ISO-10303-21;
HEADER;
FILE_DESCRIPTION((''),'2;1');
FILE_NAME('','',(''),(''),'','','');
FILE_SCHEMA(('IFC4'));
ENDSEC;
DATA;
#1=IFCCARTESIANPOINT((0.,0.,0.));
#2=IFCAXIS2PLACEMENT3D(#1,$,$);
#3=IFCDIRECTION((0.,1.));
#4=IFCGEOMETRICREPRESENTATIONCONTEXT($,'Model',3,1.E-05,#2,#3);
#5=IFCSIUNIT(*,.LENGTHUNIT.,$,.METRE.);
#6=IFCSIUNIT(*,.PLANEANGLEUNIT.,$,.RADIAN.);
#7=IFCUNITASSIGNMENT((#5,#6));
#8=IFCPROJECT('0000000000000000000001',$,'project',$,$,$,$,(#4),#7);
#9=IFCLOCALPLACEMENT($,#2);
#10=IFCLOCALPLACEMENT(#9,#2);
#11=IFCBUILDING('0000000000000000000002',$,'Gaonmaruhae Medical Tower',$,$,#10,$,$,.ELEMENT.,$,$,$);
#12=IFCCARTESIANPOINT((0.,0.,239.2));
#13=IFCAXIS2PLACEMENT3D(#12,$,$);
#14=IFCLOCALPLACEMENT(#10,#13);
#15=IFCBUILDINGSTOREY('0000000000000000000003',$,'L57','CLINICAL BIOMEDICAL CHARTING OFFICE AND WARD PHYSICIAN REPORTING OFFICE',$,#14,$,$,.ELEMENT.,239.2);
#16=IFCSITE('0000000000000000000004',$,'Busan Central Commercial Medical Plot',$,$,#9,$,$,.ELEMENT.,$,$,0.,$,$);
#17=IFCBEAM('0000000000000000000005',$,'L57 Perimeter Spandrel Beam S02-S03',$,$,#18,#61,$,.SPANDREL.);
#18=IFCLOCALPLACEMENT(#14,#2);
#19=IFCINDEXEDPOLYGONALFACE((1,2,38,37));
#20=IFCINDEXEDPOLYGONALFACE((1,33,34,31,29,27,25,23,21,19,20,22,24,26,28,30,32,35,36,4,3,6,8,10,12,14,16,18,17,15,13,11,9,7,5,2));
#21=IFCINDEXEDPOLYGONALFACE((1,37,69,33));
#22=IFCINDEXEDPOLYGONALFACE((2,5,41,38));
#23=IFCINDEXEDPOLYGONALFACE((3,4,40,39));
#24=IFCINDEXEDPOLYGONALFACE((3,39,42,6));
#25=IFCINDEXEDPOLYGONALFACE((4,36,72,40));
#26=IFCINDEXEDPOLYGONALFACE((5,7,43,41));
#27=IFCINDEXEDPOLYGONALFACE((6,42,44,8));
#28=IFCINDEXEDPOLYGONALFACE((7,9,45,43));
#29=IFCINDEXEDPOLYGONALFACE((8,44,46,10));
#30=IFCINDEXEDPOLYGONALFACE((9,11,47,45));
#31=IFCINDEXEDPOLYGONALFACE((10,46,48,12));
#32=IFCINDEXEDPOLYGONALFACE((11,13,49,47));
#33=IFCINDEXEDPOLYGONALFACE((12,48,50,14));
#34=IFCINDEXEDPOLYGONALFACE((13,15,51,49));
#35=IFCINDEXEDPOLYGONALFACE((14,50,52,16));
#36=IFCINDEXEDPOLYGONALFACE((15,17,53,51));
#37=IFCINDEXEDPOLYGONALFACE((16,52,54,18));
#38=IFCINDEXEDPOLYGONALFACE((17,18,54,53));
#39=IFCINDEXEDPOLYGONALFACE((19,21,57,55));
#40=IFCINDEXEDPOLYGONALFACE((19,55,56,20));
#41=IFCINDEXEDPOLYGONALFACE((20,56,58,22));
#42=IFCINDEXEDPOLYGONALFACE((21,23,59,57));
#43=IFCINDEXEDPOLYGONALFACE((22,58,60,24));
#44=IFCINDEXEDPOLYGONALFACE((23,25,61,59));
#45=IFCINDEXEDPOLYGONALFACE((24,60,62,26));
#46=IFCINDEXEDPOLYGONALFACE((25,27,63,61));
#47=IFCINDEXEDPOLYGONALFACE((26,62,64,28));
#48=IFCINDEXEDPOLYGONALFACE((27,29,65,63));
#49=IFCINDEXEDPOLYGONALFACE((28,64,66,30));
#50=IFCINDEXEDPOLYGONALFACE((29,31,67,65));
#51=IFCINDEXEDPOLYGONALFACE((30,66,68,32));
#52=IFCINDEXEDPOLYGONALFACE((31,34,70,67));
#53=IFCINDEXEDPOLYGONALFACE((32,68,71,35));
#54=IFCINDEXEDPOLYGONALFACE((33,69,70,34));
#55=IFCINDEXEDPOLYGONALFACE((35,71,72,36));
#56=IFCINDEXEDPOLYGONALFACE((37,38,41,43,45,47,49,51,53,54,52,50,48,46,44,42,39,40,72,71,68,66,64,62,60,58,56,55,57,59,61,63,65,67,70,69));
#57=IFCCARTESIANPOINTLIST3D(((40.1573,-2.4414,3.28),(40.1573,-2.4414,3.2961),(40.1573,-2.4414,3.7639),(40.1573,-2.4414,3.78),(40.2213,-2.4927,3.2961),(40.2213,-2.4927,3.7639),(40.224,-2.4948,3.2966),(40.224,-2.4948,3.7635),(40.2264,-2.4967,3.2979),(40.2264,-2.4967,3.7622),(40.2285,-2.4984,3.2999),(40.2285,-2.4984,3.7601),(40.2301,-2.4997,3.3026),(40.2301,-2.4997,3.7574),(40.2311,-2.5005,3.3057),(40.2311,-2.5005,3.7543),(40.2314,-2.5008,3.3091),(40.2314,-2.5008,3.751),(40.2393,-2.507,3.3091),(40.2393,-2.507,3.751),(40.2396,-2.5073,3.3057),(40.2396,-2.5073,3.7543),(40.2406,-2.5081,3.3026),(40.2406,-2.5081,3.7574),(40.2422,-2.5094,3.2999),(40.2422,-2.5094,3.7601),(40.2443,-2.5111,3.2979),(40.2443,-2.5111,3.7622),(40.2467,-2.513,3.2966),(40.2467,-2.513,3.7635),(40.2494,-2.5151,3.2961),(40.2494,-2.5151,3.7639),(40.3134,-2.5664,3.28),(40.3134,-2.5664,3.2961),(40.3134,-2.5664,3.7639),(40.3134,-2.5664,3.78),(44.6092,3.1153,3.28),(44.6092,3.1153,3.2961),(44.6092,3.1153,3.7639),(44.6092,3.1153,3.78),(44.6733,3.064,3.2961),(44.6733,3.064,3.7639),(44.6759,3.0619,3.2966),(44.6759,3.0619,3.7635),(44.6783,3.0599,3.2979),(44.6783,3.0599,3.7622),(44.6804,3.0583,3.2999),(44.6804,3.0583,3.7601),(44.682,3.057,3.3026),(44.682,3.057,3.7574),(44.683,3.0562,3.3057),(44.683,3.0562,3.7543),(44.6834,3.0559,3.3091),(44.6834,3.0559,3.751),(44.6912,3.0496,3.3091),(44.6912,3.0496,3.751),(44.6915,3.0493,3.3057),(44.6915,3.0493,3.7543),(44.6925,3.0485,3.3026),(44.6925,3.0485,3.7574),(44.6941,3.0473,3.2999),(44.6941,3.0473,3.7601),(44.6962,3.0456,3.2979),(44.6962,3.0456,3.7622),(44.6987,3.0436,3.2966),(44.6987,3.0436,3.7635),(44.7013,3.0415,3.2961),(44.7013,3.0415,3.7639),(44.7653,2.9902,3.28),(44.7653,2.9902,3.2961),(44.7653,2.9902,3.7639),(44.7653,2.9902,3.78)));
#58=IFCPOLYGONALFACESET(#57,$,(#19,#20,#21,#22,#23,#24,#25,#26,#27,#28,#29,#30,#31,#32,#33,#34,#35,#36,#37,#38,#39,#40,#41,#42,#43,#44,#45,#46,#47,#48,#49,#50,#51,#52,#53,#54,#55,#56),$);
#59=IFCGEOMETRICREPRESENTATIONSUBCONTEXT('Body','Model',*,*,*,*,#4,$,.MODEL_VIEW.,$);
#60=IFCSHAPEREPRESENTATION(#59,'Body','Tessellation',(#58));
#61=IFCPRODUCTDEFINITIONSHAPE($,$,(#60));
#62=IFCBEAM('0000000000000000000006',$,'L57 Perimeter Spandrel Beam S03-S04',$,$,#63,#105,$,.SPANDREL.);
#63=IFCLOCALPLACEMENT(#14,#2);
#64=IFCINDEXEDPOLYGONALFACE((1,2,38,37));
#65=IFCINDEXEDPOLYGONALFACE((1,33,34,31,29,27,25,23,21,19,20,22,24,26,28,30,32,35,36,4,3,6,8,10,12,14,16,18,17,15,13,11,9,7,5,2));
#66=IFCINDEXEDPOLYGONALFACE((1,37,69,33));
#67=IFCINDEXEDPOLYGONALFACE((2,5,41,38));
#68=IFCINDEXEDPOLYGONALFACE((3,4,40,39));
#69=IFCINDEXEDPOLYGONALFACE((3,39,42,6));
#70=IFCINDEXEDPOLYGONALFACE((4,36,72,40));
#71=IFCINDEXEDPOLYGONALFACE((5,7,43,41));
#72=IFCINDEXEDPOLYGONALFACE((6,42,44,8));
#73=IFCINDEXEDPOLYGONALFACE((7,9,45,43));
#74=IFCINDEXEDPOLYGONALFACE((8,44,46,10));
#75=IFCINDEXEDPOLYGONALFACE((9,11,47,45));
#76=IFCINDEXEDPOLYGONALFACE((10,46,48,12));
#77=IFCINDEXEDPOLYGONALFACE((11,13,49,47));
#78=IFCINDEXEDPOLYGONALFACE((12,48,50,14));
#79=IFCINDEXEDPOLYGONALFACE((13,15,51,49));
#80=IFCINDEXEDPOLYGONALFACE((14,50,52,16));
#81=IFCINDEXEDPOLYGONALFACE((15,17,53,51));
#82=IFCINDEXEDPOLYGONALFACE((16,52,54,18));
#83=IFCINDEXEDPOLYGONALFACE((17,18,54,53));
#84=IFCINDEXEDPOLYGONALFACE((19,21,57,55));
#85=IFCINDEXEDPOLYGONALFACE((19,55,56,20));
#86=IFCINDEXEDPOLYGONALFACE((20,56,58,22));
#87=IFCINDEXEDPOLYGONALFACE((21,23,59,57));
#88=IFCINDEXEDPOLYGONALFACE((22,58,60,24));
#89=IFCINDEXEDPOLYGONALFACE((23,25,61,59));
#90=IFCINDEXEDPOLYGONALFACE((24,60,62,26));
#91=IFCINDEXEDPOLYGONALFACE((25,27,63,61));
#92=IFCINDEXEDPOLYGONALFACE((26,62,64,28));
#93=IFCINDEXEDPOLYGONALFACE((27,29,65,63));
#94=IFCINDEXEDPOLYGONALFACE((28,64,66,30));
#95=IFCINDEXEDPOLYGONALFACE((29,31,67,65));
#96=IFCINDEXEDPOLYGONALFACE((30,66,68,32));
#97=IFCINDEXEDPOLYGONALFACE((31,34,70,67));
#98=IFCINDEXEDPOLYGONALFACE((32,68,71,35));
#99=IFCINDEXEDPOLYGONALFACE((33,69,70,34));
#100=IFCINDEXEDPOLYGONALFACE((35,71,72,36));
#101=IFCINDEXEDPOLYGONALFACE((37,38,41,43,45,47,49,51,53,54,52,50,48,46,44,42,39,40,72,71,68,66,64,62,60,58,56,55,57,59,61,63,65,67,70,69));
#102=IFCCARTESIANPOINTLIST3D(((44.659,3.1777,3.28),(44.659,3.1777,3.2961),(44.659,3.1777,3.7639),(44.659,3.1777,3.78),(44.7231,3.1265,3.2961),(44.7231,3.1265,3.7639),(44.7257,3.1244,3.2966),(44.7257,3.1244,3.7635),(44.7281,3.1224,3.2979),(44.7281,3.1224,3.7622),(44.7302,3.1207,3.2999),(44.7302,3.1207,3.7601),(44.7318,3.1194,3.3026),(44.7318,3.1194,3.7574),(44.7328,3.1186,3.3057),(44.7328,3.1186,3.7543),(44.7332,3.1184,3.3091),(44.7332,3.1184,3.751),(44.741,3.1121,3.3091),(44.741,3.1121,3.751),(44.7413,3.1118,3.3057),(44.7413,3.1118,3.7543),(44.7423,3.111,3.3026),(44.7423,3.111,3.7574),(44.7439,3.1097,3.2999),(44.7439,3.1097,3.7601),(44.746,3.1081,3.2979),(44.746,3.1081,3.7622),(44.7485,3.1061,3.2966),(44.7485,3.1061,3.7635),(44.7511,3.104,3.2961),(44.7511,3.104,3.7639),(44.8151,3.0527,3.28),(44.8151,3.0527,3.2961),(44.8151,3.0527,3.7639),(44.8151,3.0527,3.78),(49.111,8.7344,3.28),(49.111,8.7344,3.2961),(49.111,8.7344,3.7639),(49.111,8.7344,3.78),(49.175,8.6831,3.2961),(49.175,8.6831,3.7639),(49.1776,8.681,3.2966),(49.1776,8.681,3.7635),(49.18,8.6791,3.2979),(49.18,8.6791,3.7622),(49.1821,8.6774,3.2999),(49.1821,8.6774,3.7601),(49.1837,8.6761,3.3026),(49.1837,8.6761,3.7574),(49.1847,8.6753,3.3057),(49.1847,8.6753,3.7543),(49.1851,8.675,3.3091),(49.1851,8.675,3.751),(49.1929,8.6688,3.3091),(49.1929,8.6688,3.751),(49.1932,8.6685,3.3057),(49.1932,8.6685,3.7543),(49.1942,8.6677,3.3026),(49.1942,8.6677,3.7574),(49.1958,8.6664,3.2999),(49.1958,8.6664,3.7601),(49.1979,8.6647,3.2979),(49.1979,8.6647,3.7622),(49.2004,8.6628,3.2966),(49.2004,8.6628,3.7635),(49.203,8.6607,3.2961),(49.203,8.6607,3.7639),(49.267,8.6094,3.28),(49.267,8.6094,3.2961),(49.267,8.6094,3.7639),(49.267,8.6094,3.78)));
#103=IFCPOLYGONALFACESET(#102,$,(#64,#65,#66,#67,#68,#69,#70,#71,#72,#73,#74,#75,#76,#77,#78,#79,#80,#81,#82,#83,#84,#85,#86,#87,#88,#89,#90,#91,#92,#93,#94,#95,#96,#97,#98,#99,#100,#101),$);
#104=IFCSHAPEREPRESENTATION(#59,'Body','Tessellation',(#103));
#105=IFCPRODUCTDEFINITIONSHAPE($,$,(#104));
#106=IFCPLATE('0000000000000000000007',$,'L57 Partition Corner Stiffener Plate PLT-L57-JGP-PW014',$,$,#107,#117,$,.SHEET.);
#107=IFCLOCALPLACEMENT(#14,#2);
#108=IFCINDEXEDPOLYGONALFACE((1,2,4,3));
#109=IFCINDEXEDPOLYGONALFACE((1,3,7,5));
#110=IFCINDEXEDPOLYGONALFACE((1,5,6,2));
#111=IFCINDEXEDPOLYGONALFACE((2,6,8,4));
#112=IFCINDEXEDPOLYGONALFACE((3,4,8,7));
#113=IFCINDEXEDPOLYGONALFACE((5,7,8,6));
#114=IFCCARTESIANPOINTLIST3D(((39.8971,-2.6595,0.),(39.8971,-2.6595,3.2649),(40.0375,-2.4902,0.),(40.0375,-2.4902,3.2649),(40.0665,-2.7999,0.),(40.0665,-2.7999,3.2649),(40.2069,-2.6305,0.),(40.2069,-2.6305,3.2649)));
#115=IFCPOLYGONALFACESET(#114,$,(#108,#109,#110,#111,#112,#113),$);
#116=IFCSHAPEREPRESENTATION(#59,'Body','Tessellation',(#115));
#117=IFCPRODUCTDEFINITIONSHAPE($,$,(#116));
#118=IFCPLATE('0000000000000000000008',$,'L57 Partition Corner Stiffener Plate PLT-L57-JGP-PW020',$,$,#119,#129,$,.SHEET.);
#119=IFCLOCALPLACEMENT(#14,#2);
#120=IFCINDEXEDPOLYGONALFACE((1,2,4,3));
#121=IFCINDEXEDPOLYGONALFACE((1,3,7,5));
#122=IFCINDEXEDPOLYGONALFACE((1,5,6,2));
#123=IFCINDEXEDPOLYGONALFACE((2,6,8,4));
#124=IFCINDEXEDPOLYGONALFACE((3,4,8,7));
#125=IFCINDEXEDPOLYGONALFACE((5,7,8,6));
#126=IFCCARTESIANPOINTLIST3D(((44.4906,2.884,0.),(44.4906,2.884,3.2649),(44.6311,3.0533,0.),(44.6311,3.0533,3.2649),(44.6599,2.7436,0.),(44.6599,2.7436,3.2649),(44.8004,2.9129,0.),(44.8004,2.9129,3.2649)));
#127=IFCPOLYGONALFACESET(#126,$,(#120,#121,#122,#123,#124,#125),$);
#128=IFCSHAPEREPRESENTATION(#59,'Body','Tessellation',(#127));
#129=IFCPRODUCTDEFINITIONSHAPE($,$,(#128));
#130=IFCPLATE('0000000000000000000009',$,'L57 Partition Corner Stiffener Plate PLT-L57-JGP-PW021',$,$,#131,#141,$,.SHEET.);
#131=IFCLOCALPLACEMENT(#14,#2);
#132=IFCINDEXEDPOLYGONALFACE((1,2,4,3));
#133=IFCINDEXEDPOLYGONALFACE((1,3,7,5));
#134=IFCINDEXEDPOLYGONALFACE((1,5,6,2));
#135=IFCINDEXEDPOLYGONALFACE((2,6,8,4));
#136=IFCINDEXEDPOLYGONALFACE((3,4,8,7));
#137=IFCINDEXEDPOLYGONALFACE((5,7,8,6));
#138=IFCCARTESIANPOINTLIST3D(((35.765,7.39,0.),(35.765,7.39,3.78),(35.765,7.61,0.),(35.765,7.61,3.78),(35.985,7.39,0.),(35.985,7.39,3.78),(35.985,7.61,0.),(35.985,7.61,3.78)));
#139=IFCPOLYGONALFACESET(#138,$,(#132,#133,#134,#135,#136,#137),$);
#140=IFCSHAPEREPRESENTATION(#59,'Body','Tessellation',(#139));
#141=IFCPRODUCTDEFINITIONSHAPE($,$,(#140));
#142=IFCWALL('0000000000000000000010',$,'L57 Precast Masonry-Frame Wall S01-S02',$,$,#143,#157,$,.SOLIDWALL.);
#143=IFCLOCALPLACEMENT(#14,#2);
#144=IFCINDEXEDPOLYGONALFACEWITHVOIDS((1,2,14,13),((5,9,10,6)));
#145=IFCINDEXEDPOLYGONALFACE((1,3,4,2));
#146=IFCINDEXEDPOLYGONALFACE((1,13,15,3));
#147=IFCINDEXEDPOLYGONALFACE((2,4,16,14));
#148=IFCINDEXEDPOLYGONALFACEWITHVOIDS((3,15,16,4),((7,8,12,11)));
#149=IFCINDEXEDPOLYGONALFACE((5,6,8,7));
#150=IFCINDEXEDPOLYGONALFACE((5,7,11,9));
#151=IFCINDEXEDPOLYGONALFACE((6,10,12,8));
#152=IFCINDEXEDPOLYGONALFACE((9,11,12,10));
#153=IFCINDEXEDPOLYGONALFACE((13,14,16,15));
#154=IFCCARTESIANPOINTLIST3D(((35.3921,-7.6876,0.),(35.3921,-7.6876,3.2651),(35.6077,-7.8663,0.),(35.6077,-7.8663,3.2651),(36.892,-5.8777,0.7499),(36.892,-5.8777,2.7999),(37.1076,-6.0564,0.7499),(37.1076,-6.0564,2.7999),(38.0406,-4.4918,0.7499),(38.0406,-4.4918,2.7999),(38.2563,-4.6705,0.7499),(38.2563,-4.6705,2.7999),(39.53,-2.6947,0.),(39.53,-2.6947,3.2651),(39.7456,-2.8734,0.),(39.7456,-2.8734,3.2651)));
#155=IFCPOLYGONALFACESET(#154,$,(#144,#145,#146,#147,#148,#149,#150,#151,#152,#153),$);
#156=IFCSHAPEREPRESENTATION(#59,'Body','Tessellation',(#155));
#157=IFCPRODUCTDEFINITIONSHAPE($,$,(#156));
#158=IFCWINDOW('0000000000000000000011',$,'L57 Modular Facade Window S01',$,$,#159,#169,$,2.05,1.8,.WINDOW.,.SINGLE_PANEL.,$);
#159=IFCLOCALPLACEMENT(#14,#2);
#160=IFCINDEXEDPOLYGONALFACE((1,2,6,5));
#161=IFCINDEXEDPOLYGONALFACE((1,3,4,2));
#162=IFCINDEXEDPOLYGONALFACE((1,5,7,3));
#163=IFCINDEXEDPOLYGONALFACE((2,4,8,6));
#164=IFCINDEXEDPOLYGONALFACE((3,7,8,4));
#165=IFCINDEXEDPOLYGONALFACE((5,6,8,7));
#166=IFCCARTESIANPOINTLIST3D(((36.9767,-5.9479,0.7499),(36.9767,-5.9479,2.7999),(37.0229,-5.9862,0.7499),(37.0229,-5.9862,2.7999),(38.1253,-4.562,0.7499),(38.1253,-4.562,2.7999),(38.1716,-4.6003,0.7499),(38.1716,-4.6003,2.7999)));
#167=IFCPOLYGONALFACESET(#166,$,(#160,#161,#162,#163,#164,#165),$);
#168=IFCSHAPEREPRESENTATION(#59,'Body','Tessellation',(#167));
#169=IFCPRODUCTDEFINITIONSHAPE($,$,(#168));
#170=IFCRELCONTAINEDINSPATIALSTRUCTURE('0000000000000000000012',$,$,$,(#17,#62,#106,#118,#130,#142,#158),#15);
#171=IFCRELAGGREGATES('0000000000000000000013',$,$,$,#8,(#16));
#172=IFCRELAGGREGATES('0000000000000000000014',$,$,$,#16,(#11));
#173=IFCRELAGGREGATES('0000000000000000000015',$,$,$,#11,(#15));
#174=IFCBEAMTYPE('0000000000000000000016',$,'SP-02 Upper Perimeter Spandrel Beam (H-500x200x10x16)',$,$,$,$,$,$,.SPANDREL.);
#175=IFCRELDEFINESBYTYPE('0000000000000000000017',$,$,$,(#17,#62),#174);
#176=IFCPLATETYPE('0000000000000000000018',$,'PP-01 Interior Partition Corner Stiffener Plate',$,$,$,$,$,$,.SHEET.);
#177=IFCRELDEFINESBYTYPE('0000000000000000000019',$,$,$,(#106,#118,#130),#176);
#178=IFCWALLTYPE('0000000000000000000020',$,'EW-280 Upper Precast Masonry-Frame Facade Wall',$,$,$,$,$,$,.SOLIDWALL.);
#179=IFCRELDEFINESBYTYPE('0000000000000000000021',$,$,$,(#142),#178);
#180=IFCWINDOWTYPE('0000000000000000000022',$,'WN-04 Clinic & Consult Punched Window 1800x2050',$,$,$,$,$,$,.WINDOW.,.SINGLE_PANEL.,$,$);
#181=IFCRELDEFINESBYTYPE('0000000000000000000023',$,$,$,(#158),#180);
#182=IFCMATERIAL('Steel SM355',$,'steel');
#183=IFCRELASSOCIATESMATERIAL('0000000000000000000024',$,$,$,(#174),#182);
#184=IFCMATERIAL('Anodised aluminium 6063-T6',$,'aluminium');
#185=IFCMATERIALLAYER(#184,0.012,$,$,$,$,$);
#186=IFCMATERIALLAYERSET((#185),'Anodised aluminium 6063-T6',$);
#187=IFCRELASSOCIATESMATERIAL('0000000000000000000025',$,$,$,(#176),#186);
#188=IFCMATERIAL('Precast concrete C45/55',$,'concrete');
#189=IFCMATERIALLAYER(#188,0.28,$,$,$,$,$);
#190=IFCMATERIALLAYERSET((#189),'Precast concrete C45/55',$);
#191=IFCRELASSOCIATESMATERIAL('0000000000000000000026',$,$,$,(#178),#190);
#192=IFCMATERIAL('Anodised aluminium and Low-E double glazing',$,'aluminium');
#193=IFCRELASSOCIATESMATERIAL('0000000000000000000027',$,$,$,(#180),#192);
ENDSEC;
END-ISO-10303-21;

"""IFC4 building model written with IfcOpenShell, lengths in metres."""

from ifc_helpers import new_model, si_unit, direction, frame, frame_2d, origin, origin_2d, place, context, subcontext, project, spatial, rectangle, i_section, extrude, material, layer, layer_set, material_profile, profile_set, type_object, element, fill, save


model = new_model("IFC4")

# Units and contexts
model_context = context("Model", 3, precision=1e-05, world=origin(), true_north=direction((0.0, 1.0)))
body_context = subcontext(model_context, "Body", "Model", "MODEL_VIEW")
ifc_project = project(units=[si_unit("LENGTHUNIT", "METRE"), si_unit("PLANEANGLEUNIT", "RADIAN")], contexts=[model_context])

# Site, building, storey
site_placement = place(None, origin())
site = spatial("IfcSite", under=ifc_project, at=site_placement, Name="Busan Central Commercial Medical Plot", CompositionType="ELEMENT", RefElevation=0.0)
building_placement = place(site_placement, origin())
building = spatial("IfcBuilding", under=site, at=building_placement, Name="Gaonmaruhae Medical Tower", CompositionType="ELEMENT")
storey_placement = place(building_placement, frame((0.0, 0.0, 239.2)))
storey = spatial("IfcBuildingStorey", under=building, at=storey_placement, Name="L57", Description="CLINICAL BIOMEDICAL CHARTING OFFICE AND WARD PHYSICIAN REPORTING OFFICE", CompositionType="ELEMENT", Elevation=239.2)

# Beams
ifc_material_1 = material(Name="Steel SM355", Category="steel")
ifc_material_profile_1 = material_profile(ifc_material_1, i_section(OverallWidth=0.2, OverallDepth=0.5, WebThickness=0.01, FlangeThickness=0.0161, FilletRadius=0.0129, at=origin_2d()), Name="H-500x200x10x16")
ifc_profile_set_1 = profile_set([ifc_material_profile_1], Name="Steel SM355")
beam_type_1 = type_object("IfcBeamType", Name="SP-02 Upper Perimeter Spandrel Beam (H-500x200x10x16)", PredefinedType="SPANDREL", material=ifc_profile_set_1)
for number, where, z_axis, x_axis, name in (
    (1, (40.2354, -2.5039, 3.53), (0.625259, 0.780417, 0.0), (-0.780417, 0.625259, 0.0), "L57 Perimeter Spandrel Beam S02-S03"),
    (2, (44.7371, 3.1152, 3.53), (0.625259, 0.780417, 0.0), (-0.780417, 0.625259, 0.0), "L57 Perimeter Spandrel Beam S03-S04"),
):
    element("IfcBeam", number, at=place(storey_placement, frame(where, z_axis=z_axis, x_axis=x_axis)), inside=storey, type_object=beam_type_1, Name=name, PredefinedType="SPANDREL", context=body_context, shape_type="SweptSolid", body=[
        extrude(i_section(OverallWidth=0.2, OverallDepth=0.5, WebThickness=0.01, FlangeThickness=0.0161, FilletRadius=0.0129, at=origin_2d()), origin(), (0.0, 0.0, 1.0), 7.1201),
    ])

# Plates
ifc_material_2 = material(Name="Anodised aluminium 6063-T6", Category="aluminium")
ifc_layer_1 = layer(ifc_material_2, 0.012)
ifc_layer_set_1 = layer_set([ifc_layer_1], Name="Anodised aluminium 6063-T6")
plate_type = type_object("IfcPlateType", Name="PP-01 Interior Partition Corner Stiffener Plate", PredefinedType="SHEET", material=ifc_layer_set_1)
for number, where, z_axis, x_axis, name in (
    (3, (40.052, -2.645, 0.0), (0.0, 0.0, 1.0), (-0.638069, -0.769979, 0.0), "L57 Partition Corner Stiffener Plate PLT-L57-JGP-PW014"),
    (4, (44.6455, 2.8984, 0.0), (0.0, 0.0, 1.0), (-0.63854, -0.769589, 0.0), "L57 Partition Corner Stiffener Plate PLT-L57-JGP-PW020"),
):
    element("IfcPlate", number, at=place(storey_placement, frame(where, z_axis=z_axis, x_axis=x_axis)), inside=storey, type_object=plate_type, Name=name, PredefinedType="SHEET", context=body_context, shape_type="SweptSolid", body=[
        extrude(rectangle(XDim=0.22, YDim=0.22, at=origin_2d()), origin(), (0.0, 0.0, 1.0), 3.2649),
    ])
plate_placement = place(storey_placement, frame((35.875, 7.5, 0.0), z_axis=(0.0, 0.0, 1.0), x_axis=(1.0, 0.0, 0.0)))
element("IfcPlate", 5, at=plate_placement, inside=storey, type_object=plate_type, Name="L57 Partition Corner Stiffener Plate PLT-L57-JGP-PW021", PredefinedType="SHEET", context=body_context, shape_type="SweptSolid", body=[
    extrude(rectangle(XDim=0.22, YDim=0.22, at=origin_2d()), origin(), (0.0, 0.0, 1.0), 3.78),
])

# Wall, opening, window
ifc_material_3 = material(Name="Precast concrete C45/55", Category="concrete")
ifc_layer_2 = layer(ifc_material_3, 0.28)
ifc_layer_set_2 = layer_set([ifc_layer_2], Name="Precast concrete C45/55")
wall_type_1 = type_object("IfcWallType", Name="EW-280 Upper Precast Masonry-Frame Facade Wall", PredefinedType="SOLIDWALL", material=ifc_layer_set_2)
wall_1_placement = place(storey_placement, frame((39.6377, -2.7842, 0.0), z_axis=(0.0, 0.0, 1.0), x_axis=(-0.638105, -0.76995, 0.0)))
wall_1 = element("IfcWall", 6, at=wall_1_placement, inside=storey, type_object=wall_type_1, Name="L57 Precast Masonry-Frame Wall S01-S02", PredefinedType="SOLIDWALL", context=body_context, shape_type="SweptSolid", body=[
    extrude(rectangle(XDim=6.4846, YDim=0.28, at=frame_2d((3.2422, 0.0))), origin(), (0.0, 0.0, 1.0), 3.2651),
])
opening_1_placement = place(wall_1_placement, frame((2.334, 0.0, 0.75)))
opening_1 = element("IfcOpeningElement", 7, at=opening_1_placement, cuts=wall_1, PredefinedType="OPENING", context=body_context, shape_type="SweptSolid", body=[
    extrude(rectangle(XDim=1.8, YDim=2.05, at=frame_2d((0.8999, 1.0249))), frame((0.0, 0.1499, 0.0), z_axis=(0.0, -1.0, 0.0), x_axis=(1.0, 0.0, 0.0)), (0.0, 0.0, 1.0), 0.3),
])
ifc_material_4 = material(Name="Anodised aluminium and Low-E double glazing", Category="aluminium")
window_type_1 = type_object("IfcWindowType", Name="WN-04 Clinic & Consult Punched Window 1800x2050", PartitioningType="SINGLE_PANEL", PredefinedType="WINDOW", material=ifc_material_4)
window_1_placement = place(opening_1_placement, origin())
window_1 = element("IfcWindow", 8, at=window_1_placement, inside=storey, type_object=window_type_1, Name="L57 Modular Facade Window S01", OverallHeight=2.05, OverallWidth=1.8, PartitioningType="SINGLE_PANEL", PredefinedType="WINDOW", context=body_context, shape_type="SweptSolid", body=[
    extrude(rectangle(XDim=1.8, YDim=2.05, at=frame_2d((0.8999, 1.0249))), frame((0.0, 0.03, 0.0), z_axis=(0.0, -1.0, 0.0), x_axis=(1.0, 0.0, 0.0)), (0.0, 0.0, 1.0), 0.0601),
])
fill(opening_1, window_1)

save(model, "model.ifc")
